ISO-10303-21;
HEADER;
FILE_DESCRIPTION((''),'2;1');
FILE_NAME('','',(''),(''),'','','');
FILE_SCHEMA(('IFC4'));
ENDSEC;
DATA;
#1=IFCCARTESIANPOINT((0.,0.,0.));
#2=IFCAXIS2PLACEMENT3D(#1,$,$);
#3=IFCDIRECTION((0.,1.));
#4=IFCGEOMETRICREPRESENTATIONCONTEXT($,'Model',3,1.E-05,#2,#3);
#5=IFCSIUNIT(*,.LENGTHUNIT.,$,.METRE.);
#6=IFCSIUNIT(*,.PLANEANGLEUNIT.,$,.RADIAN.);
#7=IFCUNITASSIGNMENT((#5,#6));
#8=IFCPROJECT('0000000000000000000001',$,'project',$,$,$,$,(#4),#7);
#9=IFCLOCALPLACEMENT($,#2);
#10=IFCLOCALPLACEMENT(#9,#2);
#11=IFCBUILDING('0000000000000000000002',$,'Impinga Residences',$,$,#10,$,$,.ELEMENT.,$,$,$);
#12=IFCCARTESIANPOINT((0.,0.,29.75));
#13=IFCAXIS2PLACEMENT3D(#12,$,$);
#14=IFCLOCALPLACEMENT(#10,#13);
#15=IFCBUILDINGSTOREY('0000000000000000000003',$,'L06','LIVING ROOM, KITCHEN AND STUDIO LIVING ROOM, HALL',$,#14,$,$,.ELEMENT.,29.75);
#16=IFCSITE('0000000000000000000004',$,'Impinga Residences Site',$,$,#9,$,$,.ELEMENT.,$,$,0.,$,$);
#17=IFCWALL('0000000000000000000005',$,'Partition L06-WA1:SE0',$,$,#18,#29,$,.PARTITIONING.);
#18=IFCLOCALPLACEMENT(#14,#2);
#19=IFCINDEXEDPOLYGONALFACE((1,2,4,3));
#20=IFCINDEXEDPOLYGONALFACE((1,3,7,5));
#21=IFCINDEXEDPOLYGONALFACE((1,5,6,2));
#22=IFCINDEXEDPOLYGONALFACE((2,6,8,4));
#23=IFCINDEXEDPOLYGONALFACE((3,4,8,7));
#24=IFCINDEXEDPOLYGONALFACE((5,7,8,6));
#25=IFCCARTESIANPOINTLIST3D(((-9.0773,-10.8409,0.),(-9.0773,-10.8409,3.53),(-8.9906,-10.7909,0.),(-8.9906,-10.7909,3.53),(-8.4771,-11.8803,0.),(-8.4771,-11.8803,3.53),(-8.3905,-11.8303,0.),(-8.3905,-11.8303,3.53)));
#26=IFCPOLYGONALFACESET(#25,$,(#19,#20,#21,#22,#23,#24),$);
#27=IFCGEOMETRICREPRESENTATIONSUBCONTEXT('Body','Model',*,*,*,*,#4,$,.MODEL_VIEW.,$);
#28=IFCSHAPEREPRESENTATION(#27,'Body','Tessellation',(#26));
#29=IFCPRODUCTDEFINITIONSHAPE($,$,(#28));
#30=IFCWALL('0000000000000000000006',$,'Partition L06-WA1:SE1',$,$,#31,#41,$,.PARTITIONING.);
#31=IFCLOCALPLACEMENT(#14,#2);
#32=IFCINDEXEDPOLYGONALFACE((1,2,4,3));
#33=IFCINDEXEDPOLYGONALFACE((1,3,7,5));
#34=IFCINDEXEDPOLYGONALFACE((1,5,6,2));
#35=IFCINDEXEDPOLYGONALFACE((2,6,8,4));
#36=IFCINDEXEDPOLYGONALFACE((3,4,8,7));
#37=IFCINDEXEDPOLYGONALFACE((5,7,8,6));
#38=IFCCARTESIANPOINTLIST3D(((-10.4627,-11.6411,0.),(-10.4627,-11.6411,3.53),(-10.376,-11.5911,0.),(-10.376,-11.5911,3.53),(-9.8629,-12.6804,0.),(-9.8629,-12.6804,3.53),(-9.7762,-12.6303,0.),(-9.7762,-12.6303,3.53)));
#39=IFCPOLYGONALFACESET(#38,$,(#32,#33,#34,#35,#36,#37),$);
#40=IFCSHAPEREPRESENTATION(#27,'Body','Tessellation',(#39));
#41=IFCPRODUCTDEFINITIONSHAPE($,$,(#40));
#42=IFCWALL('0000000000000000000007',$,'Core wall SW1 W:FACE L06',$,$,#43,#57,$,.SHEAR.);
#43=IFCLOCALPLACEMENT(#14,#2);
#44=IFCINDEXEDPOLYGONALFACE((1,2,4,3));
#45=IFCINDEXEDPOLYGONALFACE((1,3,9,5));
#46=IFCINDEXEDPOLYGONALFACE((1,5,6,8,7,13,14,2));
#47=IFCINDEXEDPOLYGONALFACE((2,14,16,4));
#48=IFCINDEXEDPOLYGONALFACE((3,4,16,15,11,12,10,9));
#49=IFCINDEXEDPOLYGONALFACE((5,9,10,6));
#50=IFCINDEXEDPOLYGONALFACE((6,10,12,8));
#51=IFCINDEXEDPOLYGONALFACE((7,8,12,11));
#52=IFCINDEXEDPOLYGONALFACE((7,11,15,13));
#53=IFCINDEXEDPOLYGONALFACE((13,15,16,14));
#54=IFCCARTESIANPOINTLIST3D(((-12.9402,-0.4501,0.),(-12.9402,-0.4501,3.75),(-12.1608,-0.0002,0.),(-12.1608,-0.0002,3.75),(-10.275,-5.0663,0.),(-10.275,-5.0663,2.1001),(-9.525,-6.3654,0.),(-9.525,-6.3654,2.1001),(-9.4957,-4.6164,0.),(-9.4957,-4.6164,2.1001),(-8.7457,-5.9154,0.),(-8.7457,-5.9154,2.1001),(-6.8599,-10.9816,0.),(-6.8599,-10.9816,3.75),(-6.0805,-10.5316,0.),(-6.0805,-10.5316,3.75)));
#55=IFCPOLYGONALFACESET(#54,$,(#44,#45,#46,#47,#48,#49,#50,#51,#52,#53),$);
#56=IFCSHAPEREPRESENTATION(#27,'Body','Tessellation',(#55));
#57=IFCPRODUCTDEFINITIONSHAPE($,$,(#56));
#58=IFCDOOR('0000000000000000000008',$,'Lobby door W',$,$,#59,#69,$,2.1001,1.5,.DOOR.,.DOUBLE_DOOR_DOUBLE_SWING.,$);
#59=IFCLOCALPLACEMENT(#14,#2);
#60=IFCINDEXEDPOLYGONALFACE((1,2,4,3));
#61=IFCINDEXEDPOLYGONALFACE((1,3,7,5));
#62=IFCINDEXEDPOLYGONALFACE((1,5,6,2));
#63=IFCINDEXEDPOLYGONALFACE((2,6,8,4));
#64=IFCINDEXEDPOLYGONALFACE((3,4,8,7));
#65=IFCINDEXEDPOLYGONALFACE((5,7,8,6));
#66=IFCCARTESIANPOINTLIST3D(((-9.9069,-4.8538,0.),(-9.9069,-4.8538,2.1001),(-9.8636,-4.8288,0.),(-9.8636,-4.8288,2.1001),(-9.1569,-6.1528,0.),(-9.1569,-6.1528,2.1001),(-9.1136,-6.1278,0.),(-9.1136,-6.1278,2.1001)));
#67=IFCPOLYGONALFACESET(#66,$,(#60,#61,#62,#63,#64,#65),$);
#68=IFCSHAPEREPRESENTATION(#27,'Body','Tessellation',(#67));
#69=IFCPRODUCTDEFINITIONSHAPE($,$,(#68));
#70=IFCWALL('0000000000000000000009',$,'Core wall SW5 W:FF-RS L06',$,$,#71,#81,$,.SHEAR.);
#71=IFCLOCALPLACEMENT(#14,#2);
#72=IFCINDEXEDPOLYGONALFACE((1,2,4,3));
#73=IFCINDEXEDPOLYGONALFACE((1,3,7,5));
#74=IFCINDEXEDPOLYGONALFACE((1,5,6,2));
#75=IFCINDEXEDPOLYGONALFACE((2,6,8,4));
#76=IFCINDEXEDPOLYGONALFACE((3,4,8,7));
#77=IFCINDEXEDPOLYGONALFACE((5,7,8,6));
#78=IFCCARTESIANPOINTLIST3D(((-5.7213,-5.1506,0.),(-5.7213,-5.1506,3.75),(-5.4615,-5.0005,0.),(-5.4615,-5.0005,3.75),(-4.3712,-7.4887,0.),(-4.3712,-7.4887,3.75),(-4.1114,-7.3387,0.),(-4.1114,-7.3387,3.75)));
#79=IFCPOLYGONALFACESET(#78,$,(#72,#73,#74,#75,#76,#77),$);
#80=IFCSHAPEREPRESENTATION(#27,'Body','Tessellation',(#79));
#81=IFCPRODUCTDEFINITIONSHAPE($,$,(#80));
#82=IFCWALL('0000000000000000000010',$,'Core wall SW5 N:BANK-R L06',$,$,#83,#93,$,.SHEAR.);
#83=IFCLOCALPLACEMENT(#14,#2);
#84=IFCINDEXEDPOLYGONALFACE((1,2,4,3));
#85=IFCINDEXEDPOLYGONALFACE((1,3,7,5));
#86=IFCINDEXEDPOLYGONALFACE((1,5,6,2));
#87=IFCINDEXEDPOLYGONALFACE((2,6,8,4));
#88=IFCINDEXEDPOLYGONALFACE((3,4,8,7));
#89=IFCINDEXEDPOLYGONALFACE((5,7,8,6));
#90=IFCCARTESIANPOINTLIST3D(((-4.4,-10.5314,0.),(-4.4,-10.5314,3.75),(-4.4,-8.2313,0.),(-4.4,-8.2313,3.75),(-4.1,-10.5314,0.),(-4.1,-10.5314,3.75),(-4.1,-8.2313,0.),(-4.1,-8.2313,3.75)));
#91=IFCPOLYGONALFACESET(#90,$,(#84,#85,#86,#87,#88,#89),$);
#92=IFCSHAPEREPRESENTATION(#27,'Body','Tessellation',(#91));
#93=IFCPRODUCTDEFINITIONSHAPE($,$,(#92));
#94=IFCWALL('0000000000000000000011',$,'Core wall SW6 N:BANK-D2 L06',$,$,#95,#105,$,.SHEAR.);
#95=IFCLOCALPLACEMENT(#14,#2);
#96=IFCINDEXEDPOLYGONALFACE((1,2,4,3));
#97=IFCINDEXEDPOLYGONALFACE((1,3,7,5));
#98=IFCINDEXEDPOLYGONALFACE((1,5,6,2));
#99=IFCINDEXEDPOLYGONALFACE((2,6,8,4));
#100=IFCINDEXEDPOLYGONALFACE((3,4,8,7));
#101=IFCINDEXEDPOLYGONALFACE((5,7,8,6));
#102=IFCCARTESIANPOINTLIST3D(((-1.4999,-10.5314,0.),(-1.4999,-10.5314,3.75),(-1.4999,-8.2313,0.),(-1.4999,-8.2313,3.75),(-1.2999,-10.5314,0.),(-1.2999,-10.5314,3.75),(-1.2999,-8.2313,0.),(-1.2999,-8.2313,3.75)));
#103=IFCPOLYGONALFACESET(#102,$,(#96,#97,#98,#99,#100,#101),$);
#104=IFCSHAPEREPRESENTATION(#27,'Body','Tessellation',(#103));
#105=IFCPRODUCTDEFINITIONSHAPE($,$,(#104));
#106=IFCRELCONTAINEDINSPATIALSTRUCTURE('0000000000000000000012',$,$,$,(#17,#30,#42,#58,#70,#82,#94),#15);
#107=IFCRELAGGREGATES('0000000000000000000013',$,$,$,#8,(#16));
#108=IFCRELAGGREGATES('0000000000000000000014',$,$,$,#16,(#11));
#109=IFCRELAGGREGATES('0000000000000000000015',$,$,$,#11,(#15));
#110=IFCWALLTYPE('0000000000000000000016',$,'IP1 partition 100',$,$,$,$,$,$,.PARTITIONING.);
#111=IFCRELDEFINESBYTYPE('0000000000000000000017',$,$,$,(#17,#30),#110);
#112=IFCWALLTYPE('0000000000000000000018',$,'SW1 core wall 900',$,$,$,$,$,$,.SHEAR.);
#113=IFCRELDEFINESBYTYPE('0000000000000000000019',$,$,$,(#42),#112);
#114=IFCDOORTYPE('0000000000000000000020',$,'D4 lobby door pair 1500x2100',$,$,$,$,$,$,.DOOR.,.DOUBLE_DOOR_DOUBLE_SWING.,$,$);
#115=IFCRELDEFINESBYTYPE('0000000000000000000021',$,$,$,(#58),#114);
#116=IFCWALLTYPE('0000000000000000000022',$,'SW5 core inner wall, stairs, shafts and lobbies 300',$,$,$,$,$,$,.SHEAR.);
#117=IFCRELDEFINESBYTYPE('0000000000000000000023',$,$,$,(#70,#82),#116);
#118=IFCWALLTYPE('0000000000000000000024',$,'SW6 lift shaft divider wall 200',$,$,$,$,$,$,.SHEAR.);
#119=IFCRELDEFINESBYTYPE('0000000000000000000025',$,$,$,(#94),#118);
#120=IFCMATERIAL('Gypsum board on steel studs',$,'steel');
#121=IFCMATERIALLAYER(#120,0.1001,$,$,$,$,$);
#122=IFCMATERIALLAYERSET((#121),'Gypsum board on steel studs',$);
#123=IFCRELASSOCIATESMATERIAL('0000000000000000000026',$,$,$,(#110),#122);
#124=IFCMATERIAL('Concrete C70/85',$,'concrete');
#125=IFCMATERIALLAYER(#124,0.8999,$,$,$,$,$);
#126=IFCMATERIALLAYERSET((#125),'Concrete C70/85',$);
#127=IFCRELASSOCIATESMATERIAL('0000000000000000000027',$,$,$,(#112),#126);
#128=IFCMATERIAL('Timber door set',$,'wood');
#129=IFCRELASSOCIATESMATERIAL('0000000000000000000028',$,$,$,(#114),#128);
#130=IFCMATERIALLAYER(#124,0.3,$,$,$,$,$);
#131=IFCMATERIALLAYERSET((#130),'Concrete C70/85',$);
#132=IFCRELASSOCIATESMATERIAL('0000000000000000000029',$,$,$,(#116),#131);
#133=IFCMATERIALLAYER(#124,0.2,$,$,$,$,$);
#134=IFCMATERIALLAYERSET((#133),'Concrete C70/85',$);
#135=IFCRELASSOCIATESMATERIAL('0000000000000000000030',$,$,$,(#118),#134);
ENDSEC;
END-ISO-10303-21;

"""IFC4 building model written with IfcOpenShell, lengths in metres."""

from ifc_helpers import new_model, si_unit, direction, frame, frame_2d, origin, place, context, subcontext, project, spatial, rectangle, extrude, material, layer, layer_set, type_object, element, fill, save


model = new_model("IFC4")

# Units and contexts
model_context = context("Model", 3, precision=1e-05, world=origin(), true_north=direction((0.0, 1.0)))
body_context = subcontext(model_context, "Body", "Model", "MODEL_VIEW")
ifc_project = project(units=[si_unit("LENGTHUNIT", "METRE"), si_unit("PLANEANGLEUNIT", "RADIAN")], contexts=[model_context])

# Site, building, storey
site_placement = place(None, origin())
site = spatial("IfcSite", under=ifc_project, at=site_placement, Name="Impinga Residences Site", CompositionType="ELEMENT", RefElevation=0.0)
building_placement = place(site_placement, origin())
building = spatial("IfcBuilding", under=site, at=building_placement, Name="Impinga Residences", CompositionType="ELEMENT")
storey_placement = place(building_placement, frame((0.0, 0.0, 29.75)))
storey = spatial("IfcBuildingStorey", under=building, at=storey_placement, Name="L06", Description="LIVING ROOM, KITCHEN AND STUDIO LIVING ROOM, HALL", CompositionType="ELEMENT", Elevation=29.75)

# Shared definitions
ifc_material_1 = material(Name="Concrete C70/85", Category="concrete")

# Shared definitions
ifc_material_2 = material(Name="Timber door set", Category="wood")

# Shared definitions
ifc_material_3 = material(Name="Gypsum board on steel studs", Category="steel")
ifc_layer_1 = layer(ifc_material_3, 0.1001)
ifc_layer_set_1 = layer_set([ifc_layer_1], Name="Gypsum board on steel studs")
wall_type_1 = type_object("IfcWallType", Name="IP1 partition 100", PredefinedType="PARTITIONING", material=ifc_layer_set_1)

# Walls
wall_1_placement = place(storey_placement, frame((-9.0339, -10.8159, 0.0), z_axis=(0.0, 0.0, 1.0), x_axis=(0.500034, -0.866006, 0.0)))
element("IfcWall", 1, at=wall_1_placement, inside=storey, type_object=wall_type_1, Name="Partition L06-WA1:SE0", PredefinedType="PARTITIONING", context=body_context, shape_type="SweptSolid", body=[
    extrude(rectangle(XDim=1.2002, YDim=0.1001, at=frame_2d((0.6001, 0.0))), origin(), (0.0, 0.0, 1.0), 3.53),
])
wall_2_placement = place(storey_placement, frame((-10.4194, -11.616, 0.0), z_axis=(0.0, 0.0, 1.0), x_axis=(0.499881, -0.866094, 0.0)))
element("IfcWall", 2, at=wall_2_placement, inside=storey, type_object=wall_type_1, Name="Partition L06-WA1:SE1", PredefinedType="PARTITIONING", context=body_context, shape_type="SweptSolid", body=[
    extrude(rectangle(XDim=1.2, YDim=0.1001, at=frame_2d((0.6001, 0.0))), origin(), (0.0, 0.0, 1.0), 3.53),
])

# Wall, opening, door
ifc_layer_2 = layer(ifc_material_1, 0.8999)
ifc_layer_set_2 = layer_set([ifc_layer_2], Name="Concrete C70/85")
wall_type_2 = type_object("IfcWallType", Name="SW1 core wall 900", PredefinedType="SHEAR", material=ifc_layer_set_2)
wall_3_placement = place(storey_placement, frame((-6.4702, -10.7566, 0.0), z_axis=(0.0, 0.0, 1.0), x_axis=(-0.499998, 0.866027, 0.0)))
wall_3 = element("IfcWall", 3, at=wall_3_placement, inside=storey, type_object=wall_type_2, Name="Core wall SW1 W:FACE L06", PredefinedType="SHEAR", context=body_context, shape_type="SweptSolid", body=[
    extrude(rectangle(XDim=12.1606, YDim=0.8999, at=frame_2d((6.0803, 0.0))), origin(), (0.0, 0.0, 1.0), 3.75),
])
opening_1_placement = place(wall_3_placement, frame((5.3303, 0.0, 0.0)))
opening_1 = element("IfcOpeningElement", 4, at=opening_1_placement, cuts=wall_3, PredefinedType="OPENING", context=body_context, shape_type="SweptSolid", body=[
    extrude(rectangle(XDim=1.5, YDim=2.1001, at=frame_2d((0.75, 1.05))), frame((0.0, 0.46, 0.0), z_axis=(0.0, -1.0, 0.0), x_axis=(1.0, 0.0, 0.0)), (0.0, 0.0, 1.0), 0.9199),
])
door_type_1 = type_object("IfcDoorType", Name="D4 lobby door pair 1500x2100", OperationType="DOUBLE_DOOR_DOUBLE_SWING", PredefinedType="DOOR", material=ifc_material_2)
door_1_placement = place(opening_1_placement, origin())
door_1 = element("IfcDoor", 5, at=door_1_placement, inside=storey, type_object=door_type_1, Name="Lobby door W", OperationType="DOUBLE_DOOR_DOUBLE_SWING", OverallHeight=2.1001, OverallWidth=1.5, PredefinedType="DOOR", context=body_context, shape_type="SweptSolid", body=[
    extrude(rectangle(XDim=1.5, YDim=2.1001, at=frame_2d((0.75, 1.05))), frame((0.0, 0.0249, 0.0), z_axis=(0.0, -1.0, 0.0), x_axis=(1.0, 0.0, 0.0)), (0.0, 0.0, 1.0), 0.05),
])
fill(opening_1, door_1)

# Walls
ifc_layer_3 = layer(ifc_material_1, 0.3)
ifc_layer_set_3 = layer_set([ifc_layer_3], Name="Concrete C70/85")
wall_type_3 = type_object("IfcWallType", Name="SW5 core inner wall, stairs, shafts and lobbies 300", PredefinedType="SHEAR", material=ifc_layer_set_3)
wall_4_placement = place(storey_placement, frame((-4.2412, -7.4138, 0.0), z_axis=(0.0, 0.0, 1.0), x_axis=(-0.500049, 0.865997, 0.0)))
element("IfcWall", 6, at=wall_4_placement, inside=storey, type_object=wall_type_3, Name="Core wall SW5 W:FF-RS L06", PredefinedType="SHEAR", context=body_context, shape_type="SweptSolid", body=[
    extrude(rectangle(XDim=2.7, YDim=0.3, at=frame_2d((1.3501, 0.0))), origin(), (0.0, 0.0, 1.0), 3.75),
])
wall_5_placement = place(storey_placement, frame((-4.25, -8.2314, 0.0), z_axis=(0.0, 0.0, 1.0), x_axis=(0.0, -1.0, 0.0)))
element("IfcWall", 7, at=wall_5_placement, inside=storey, type_object=wall_type_3, Name="Core wall SW5 N:BANK-R L06", PredefinedType="SHEAR", context=body_context, shape_type="SweptSolid", body=[
    extrude(rectangle(XDim=2.3, YDim=0.3, at=frame_2d((1.1499, 0.0))), origin(), (0.0, 0.0, 1.0), 3.75),
])
ifc_layer_4 = layer(ifc_material_1, 0.2)
ifc_layer_set_4 = layer_set([ifc_layer_4], Name="Concrete C70/85")
wall_type_4 = type_object("IfcWallType", Name="SW6 lift shaft divider wall 200", PredefinedType="SHEAR", material=ifc_layer_set_4)
wall_6_placement = place(storey_placement, frame((-1.3999, -8.2314, 0.0), z_axis=(0.0, 0.0, 1.0), x_axis=(0.0, -1.0, 0.0)))
element("IfcWall", 8, at=wall_6_placement, inside=storey, type_object=wall_type_4, Name="Core wall SW6 N:BANK-D2 L06", PredefinedType="SHEAR", context=body_context, shape_type="SweptSolid", body=[
    extrude(rectangle(XDim=2.3, YDim=0.2, at=frame_2d((1.1499, 0.0))), origin(), (0.0, 0.0, 1.0), 3.75),
])

save(model, "model.ifc")
